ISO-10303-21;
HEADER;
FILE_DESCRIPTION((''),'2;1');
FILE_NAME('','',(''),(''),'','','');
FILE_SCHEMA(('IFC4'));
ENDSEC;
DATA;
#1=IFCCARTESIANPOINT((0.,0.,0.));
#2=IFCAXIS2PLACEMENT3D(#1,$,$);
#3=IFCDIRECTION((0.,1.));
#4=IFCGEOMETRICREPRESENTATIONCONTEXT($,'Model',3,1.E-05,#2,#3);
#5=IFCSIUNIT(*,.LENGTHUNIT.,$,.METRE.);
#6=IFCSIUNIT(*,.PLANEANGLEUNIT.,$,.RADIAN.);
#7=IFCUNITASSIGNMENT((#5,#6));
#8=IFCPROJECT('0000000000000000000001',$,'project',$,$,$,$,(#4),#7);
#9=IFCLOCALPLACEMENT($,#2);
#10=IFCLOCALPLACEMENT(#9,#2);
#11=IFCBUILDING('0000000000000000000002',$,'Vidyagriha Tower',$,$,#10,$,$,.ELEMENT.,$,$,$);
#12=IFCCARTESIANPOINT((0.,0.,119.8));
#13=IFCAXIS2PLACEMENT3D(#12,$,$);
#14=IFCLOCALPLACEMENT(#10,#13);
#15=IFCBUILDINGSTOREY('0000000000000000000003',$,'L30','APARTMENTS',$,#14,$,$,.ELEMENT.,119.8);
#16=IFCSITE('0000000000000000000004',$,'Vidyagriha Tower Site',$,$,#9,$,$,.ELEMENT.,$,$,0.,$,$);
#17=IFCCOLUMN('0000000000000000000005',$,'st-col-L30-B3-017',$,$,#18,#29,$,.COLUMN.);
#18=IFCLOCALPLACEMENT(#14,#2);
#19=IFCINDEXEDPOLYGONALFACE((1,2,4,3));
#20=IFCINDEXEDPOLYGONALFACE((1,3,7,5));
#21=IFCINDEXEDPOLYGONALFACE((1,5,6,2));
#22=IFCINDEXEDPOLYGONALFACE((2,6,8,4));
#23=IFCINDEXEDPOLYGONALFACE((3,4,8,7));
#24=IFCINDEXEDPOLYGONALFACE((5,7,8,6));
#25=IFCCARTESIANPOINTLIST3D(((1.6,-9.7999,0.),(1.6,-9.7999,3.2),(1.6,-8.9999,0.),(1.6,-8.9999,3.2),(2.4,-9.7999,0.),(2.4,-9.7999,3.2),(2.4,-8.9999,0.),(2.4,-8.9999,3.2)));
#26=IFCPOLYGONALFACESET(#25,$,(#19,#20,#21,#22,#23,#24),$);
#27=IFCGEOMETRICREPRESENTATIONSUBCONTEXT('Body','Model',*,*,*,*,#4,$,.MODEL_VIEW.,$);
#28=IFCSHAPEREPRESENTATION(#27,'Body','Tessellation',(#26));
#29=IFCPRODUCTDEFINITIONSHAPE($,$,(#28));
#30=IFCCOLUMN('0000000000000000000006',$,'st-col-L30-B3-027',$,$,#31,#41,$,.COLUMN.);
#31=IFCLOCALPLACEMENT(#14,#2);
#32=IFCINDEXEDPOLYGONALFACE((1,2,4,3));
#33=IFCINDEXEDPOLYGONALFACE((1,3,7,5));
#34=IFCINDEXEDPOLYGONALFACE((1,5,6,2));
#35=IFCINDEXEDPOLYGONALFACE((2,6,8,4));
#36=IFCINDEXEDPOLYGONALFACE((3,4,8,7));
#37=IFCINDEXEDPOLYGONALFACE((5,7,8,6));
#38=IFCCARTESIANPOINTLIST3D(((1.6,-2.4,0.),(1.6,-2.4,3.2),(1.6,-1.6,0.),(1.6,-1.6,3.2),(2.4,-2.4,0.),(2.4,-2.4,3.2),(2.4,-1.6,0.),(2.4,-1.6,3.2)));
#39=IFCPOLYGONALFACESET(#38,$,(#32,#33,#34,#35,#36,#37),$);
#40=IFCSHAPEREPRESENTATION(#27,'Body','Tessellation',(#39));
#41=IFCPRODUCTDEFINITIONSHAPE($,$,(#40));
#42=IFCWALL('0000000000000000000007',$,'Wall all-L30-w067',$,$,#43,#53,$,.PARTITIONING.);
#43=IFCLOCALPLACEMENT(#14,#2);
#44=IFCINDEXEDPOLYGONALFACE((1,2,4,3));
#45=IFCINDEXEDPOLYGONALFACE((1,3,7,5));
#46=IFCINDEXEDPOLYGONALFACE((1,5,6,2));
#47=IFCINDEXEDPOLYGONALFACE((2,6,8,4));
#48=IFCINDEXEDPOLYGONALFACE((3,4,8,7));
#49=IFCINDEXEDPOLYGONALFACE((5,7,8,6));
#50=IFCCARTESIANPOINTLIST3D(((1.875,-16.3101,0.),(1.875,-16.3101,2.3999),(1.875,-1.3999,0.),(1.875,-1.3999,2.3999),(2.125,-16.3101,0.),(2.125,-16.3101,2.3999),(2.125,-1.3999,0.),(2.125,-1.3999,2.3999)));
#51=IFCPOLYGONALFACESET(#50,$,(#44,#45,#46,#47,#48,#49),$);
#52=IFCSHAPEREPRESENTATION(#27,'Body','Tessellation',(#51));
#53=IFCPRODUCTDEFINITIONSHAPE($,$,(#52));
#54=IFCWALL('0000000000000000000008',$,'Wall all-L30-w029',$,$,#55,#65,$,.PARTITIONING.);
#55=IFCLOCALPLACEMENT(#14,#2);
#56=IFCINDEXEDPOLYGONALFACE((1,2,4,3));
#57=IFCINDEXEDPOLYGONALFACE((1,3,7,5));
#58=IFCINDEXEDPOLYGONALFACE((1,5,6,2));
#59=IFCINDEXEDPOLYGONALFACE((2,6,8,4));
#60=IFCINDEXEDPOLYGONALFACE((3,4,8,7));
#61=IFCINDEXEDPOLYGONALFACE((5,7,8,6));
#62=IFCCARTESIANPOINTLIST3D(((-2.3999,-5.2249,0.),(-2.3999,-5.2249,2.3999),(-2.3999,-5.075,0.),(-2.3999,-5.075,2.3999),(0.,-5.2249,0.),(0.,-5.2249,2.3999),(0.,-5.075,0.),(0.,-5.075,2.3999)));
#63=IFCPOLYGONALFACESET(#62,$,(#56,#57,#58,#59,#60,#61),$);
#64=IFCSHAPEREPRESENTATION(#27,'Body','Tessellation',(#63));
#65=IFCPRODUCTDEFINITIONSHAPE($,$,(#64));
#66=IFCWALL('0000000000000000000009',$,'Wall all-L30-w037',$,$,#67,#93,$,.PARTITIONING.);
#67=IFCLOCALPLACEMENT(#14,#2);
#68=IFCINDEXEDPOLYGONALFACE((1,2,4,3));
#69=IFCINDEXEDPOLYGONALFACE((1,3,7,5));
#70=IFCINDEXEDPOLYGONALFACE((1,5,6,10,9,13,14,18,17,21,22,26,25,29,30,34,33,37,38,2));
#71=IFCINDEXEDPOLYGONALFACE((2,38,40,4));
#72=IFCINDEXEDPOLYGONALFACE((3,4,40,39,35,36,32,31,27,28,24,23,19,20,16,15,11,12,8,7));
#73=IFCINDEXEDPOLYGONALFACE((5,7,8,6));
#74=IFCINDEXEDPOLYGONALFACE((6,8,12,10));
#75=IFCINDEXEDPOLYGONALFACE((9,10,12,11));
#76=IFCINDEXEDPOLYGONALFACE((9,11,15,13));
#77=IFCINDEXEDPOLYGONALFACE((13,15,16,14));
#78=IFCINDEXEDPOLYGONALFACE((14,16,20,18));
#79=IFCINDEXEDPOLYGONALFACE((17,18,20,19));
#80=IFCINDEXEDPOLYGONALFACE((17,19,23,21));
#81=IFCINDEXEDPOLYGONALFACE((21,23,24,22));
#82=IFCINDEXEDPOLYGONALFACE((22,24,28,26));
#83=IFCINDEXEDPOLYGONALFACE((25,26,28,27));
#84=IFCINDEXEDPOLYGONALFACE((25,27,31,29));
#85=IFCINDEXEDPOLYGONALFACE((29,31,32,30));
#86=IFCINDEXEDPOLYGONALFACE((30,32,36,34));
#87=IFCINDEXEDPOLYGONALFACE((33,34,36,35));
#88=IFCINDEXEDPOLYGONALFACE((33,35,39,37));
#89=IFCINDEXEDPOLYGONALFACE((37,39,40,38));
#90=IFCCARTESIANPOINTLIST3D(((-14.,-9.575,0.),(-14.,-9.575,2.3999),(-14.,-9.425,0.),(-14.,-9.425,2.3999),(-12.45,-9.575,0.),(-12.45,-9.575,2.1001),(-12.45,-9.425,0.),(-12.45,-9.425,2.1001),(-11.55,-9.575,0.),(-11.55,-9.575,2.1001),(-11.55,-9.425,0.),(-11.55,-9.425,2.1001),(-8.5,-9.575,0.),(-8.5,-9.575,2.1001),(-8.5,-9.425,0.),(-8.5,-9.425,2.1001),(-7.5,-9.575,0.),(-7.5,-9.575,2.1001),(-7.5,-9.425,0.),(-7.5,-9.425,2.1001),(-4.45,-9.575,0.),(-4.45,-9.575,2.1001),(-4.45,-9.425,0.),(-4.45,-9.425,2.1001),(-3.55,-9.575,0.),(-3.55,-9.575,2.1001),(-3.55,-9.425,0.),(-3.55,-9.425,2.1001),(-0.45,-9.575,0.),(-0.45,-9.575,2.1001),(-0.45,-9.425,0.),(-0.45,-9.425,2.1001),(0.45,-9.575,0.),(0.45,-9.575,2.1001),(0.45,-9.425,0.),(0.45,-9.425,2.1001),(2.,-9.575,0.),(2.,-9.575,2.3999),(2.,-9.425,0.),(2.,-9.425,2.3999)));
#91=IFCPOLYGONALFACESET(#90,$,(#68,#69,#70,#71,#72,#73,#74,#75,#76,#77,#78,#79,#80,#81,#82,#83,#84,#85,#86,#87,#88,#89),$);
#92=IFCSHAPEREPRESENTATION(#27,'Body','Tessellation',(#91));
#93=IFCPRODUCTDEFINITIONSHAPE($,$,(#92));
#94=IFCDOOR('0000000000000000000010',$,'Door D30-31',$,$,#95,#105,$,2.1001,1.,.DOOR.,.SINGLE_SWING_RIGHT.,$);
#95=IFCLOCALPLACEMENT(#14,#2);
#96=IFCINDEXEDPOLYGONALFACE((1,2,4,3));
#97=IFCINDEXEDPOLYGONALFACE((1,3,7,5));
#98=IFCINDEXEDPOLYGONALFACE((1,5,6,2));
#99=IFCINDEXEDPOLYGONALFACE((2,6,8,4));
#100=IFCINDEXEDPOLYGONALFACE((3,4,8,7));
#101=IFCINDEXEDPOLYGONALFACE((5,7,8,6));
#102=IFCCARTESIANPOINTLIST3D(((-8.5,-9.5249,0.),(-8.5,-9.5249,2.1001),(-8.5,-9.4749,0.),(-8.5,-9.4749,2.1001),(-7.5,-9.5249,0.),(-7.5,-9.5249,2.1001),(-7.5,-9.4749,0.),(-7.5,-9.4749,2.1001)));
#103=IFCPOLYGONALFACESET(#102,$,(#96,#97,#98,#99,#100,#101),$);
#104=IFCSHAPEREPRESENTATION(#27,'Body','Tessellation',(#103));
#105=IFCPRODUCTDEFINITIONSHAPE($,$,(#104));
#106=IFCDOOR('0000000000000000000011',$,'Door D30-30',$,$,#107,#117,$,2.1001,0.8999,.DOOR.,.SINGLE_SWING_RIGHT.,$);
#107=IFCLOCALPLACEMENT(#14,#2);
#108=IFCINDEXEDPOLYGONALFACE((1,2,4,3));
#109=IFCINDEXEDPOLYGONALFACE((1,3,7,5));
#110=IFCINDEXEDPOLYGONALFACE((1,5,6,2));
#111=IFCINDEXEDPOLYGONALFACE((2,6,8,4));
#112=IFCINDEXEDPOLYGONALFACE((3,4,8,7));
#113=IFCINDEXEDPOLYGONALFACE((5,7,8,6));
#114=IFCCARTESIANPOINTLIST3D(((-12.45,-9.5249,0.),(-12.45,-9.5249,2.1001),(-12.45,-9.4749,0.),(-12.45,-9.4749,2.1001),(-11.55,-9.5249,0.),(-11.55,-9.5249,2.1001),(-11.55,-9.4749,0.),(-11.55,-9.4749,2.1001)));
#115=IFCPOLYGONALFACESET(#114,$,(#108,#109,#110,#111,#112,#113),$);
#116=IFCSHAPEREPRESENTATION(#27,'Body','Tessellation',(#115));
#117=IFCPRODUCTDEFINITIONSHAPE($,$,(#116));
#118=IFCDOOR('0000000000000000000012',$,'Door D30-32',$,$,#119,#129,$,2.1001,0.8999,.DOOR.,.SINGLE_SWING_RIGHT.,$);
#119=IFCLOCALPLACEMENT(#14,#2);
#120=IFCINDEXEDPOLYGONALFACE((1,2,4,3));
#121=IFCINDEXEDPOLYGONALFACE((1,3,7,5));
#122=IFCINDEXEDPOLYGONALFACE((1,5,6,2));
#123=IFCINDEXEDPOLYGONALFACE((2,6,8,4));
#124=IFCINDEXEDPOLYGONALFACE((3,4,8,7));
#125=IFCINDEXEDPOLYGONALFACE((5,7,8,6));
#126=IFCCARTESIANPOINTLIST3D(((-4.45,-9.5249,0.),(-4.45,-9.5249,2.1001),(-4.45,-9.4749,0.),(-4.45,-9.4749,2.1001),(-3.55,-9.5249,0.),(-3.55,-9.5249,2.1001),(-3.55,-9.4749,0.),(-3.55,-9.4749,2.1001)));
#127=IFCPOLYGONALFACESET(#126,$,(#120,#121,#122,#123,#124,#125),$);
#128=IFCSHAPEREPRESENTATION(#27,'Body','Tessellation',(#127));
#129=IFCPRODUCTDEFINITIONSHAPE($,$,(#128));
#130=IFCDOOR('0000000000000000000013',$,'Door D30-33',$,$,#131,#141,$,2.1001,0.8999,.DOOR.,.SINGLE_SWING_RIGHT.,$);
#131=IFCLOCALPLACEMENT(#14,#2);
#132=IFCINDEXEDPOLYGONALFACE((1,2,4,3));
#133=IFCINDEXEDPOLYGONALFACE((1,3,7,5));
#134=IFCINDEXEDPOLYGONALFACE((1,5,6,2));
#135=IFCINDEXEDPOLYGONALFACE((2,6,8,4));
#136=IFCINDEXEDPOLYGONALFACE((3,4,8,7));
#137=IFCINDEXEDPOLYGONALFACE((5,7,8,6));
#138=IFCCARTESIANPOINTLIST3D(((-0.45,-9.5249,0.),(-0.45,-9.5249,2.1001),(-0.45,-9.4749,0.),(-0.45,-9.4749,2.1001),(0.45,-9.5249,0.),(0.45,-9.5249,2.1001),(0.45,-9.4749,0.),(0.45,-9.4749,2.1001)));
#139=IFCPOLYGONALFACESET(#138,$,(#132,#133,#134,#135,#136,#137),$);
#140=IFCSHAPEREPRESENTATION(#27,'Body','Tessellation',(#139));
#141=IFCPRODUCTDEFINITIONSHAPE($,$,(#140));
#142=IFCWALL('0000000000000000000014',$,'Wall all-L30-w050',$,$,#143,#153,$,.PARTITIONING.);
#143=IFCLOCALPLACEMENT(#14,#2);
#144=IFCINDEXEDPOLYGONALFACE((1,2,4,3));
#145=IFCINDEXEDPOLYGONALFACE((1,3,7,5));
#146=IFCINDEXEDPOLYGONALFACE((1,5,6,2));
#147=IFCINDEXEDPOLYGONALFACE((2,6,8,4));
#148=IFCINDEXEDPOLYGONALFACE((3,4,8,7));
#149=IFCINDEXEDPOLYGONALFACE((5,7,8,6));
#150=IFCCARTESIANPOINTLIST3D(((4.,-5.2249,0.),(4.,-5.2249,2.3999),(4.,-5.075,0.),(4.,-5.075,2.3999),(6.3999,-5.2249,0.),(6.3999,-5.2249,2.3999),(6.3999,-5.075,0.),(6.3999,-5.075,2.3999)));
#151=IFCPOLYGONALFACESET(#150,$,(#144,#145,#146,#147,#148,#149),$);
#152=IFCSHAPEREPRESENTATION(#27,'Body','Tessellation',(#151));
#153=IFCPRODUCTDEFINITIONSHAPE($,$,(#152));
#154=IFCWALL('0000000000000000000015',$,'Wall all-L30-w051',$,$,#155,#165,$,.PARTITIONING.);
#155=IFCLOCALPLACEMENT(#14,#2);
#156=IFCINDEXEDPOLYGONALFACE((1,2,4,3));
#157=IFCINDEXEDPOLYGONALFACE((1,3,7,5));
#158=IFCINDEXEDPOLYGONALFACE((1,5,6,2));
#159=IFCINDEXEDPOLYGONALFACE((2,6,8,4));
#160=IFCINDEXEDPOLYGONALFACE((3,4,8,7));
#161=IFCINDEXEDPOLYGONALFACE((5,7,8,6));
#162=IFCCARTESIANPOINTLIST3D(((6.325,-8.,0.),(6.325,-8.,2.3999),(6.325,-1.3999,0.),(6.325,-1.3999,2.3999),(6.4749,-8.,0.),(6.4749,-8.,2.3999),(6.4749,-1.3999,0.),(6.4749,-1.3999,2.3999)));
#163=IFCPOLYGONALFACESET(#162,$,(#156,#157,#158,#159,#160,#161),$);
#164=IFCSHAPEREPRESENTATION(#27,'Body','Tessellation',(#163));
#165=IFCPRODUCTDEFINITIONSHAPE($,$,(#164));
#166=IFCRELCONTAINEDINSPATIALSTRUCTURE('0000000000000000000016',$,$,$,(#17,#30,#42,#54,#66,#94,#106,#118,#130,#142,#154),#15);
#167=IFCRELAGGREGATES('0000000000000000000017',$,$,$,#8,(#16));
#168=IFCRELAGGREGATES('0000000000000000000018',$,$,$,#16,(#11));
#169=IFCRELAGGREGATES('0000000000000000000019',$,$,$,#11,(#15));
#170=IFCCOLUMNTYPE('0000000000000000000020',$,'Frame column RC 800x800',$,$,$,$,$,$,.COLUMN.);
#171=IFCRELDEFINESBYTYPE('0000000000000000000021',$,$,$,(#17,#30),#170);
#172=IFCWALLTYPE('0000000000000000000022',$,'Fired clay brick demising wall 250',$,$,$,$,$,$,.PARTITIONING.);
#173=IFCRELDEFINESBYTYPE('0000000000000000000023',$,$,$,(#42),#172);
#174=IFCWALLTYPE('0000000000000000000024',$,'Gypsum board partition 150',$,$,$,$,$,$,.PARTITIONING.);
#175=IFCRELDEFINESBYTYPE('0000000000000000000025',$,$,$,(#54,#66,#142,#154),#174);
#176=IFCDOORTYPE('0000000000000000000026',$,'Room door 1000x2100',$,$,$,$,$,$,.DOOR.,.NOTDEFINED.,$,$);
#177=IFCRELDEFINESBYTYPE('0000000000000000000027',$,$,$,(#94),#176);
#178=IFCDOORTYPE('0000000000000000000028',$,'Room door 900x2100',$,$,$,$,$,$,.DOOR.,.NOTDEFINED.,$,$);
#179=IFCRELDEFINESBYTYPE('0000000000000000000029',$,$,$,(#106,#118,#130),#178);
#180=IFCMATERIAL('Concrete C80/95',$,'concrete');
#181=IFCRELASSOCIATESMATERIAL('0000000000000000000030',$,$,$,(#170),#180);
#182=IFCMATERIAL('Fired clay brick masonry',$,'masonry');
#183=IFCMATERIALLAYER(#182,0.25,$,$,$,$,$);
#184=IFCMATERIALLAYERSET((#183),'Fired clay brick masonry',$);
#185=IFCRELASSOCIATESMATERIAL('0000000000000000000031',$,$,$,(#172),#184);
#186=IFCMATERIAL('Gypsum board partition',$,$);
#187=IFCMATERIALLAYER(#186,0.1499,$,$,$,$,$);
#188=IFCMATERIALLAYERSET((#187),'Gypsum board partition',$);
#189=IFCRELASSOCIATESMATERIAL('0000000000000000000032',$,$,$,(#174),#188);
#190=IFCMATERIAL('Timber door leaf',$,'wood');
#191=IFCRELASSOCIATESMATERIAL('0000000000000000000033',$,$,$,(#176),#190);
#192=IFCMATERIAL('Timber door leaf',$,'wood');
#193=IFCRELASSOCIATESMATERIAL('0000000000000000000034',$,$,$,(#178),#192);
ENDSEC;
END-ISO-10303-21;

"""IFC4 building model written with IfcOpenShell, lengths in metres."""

from ifc_helpers import new_model, si_unit, direction, frame, frame_2d, origin, origin_2d, place, context, subcontext, project, spatial, rectangle, extrude, material, layer, layer_set, material_profile, profile_set, type_object, element, fill, save


model = new_model("IFC4")

# Units and contexts
model_context = context("Model", 3, precision=1e-05, world=origin(), true_north=direction((0.0, 1.0)))
body_context = subcontext(model_context, "Body", "Model", "MODEL_VIEW")
ifc_project = project(units=[si_unit("LENGTHUNIT", "METRE"), si_unit("PLANEANGLEUNIT", "RADIAN")], contexts=[model_context])

# Site, building, storey
site_placement = place(None, origin())
site = spatial("IfcSite", under=ifc_project, at=site_placement, Name="Vidyagriha Tower Site", CompositionType="ELEMENT", RefElevation=0.0)
building_placement = place(site_placement, origin())
building = spatial("IfcBuilding", under=site, at=building_placement, Name="Vidyagriha Tower", CompositionType="ELEMENT")
storey_placement = place(building_placement, frame((0.0, 0.0, 119.8)))
storey = spatial("IfcBuildingStorey", under=building, at=storey_placement, Name="L30", Description="APARTMENTS", CompositionType="ELEMENT", Elevation=119.8)

# Columns
ifc_material_1 = material(Name="Concrete C80/95", Category="concrete")
ifc_material_profile = material_profile(ifc_material_1, rectangle(XDim=0.8, YDim=0.8, at=origin_2d()), Name="RC 800x800")
ifc_profile_set = profile_set([ifc_material_profile], Name="Concrete C80/95")
column_type = type_object("IfcColumnType", Name="Frame column RC 800x800", PredefinedType="COLUMN", material=ifc_profile_set)
for number, where, name in (
    (1, (2.0, -9.3999, 0.0), "st-col-L30-B3-017"),
    (2, (2.0, -2.0, 0.0), "st-col-L30-B3-027"),
):
    element("IfcColumn", number, at=place(storey_placement, frame(where)), inside=storey, type_object=column_type, Name=name, PredefinedType="COLUMN", context=body_context, shape_type="SweptSolid", body=[
        extrude(rectangle(XDim=0.8, YDim=0.8, at=origin_2d()), origin(), (0.0, 0.0, 1.0), 3.2),
    ])

# Walls
ifc_material_2 = material(Name="Fired clay brick masonry", Category="masonry")
ifc_layer_1 = layer(ifc_material_2, 0.25)
ifc_layer_set_1 = layer_set([ifc_layer_1], Name="Fired clay brick masonry")
wall_type_1 = type_object("IfcWallType", Name="Fired clay brick demising wall 250", PredefinedType="PARTITIONING", material=ifc_layer_set_1)
wall_1_placement = place(storey_placement, frame((2.0, -1.3999, 0.0), z_axis=(0.0, 0.0, 1.0), x_axis=(0.0, -1.0, 0.0)))
element("IfcWall", 3, at=wall_1_placement, inside=storey, type_object=wall_type_1, Name="Wall all-L30-w067", PredefinedType="PARTITIONING", context=body_context, shape_type="SweptSolid", body=[
    extrude(rectangle(XDim=14.9102, YDim=0.25, at=frame_2d((7.4551, 0.0))), origin(), (0.0, 0.0, 1.0), 2.3999),
])
ifc_material_3 = material(Name="Gypsum board partition")
ifc_layer_2 = layer(ifc_material_3, 0.1499)
ifc_layer_set_2 = layer_set([ifc_layer_2], Name="Gypsum board partition")
wall_type_2 = type_object("IfcWallType", Name="Gypsum board partition 150", PredefinedType="PARTITIONING", material=ifc_layer_set_2)
wall_2_placement = place(storey_placement, frame((0.0, -5.1499, 0.0), z_axis=(0.0, 0.0, 1.0), x_axis=(-1.0, 0.0, 0.0)))
element("IfcWall", 4, at=wall_2_placement, inside=storey, type_object=wall_type_2, Name="Wall all-L30-w029", PredefinedType="PARTITIONING", context=body_context, shape_type="SweptSolid", body=[
    extrude(rectangle(XDim=2.3999, YDim=0.1499, at=frame_2d((1.2, 0.0))), origin(), (0.0, 0.0, 1.0), 2.3999),
])

# Wall, openings, doors
wall_3_placement = place(storey_placement, frame((2.0, -9.5, 0.0), z_axis=(0.0, 0.0, 1.0), x_axis=(-1.0, 0.0, 0.0)))
wall_3 = element("IfcWall", 5, at=wall_3_placement, inside=storey, type_object=wall_type_2, Name="Wall all-L30-w037", PredefinedType="PARTITIONING", context=body_context, shape_type="SweptSolid", body=[
    extrude(rectangle(XDim=16.0, YDim=0.1499, at=frame_2d((8.0, 0.0))), origin(), (0.0, 0.0, 1.0), 2.3999),
])
opening_1_placement = place(wall_3_placement, frame((13.55, 0.0, 0.0)))
opening_1 = element("IfcOpeningElement", 6, at=opening_1_placement, cuts=wall_3, PredefinedType="OPENING", context=body_context, shape_type="SweptSolid", body=[
    extrude(rectangle(XDim=0.8999, YDim=2.1001, at=frame_2d((0.45, 1.05))), frame((0.0, 0.085, 0.0), z_axis=(0.0, -1.0, 0.0), x_axis=(1.0, 0.0, 0.0)), (0.0, 0.0, 1.0), 0.1699),
])
opening_2_placement = place(wall_3_placement, frame((9.5, 0.0, 0.0)))
opening_2 = element("IfcOpeningElement", 7, at=opening_2_placement, cuts=wall_3, PredefinedType="OPENING", context=body_context, shape_type="SweptSolid", body=[
    extrude(rectangle(XDim=1.0, YDim=2.1001, at=frame_2d((0.5, 1.05))), frame((0.0, 0.085, 0.0), z_axis=(0.0, -1.0, 0.0), x_axis=(1.0, 0.0, 0.0)), (0.0, 0.0, 1.0), 0.1699),
])
opening_3_placement = place(wall_3_placement, frame((5.55, 0.0, 0.0)))
opening_3 = element("IfcOpeningElement", 8, at=opening_3_placement, cuts=wall_3, PredefinedType="OPENING", context=body_context, shape_type="SweptSolid", body=[
    extrude(rectangle(XDim=0.8999, YDim=2.1001, at=frame_2d((0.45, 1.05))), frame((0.0, 0.085, 0.0), z_axis=(0.0, -1.0, 0.0), x_axis=(1.0, 0.0, 0.0)), (0.0, 0.0, 1.0), 0.1699),
])
opening_4_placement = place(wall_3_placement, frame((1.55, 0.0, 0.0)))
opening_4 = element("IfcOpeningElement", 9, at=opening_4_placement, cuts=wall_3, PredefinedType="OPENING", context=body_context, shape_type="SweptSolid", body=[
    extrude(rectangle(XDim=0.8999, YDim=2.1001, at=frame_2d((0.45, 1.05))), frame((0.0, 0.085, 0.0), z_axis=(0.0, -1.0, 0.0), x_axis=(1.0, 0.0, 0.0)), (0.0, 0.0, 1.0), 0.1699),
])
ifc_material_4 = material(Name="Timber door leaf", Category="wood")
door_type_1 = type_object("IfcDoorType", Name="Room door 1000x2100", OperationType="NOTDEFINED", PredefinedType="DOOR", material=ifc_material_4)
door_1_placement = place(opening_2_placement, origin())
door_1 = element("IfcDoor", 10, at=door_1_placement, inside=storey, type_object=door_type_1, Name="Door D30-31", OperationType="SINGLE_SWING_RIGHT", OverallHeight=2.1001, OverallWidth=1.0, PredefinedType="DOOR", context=body_context, shape_type="SweptSolid", body=[
    extrude(rectangle(XDim=1.0, YDim=2.1001, at=frame_2d((0.5, 1.05))), frame((0.0, 0.0249, 0.0), z_axis=(0.0, -1.0, 0.0), x_axis=(1.0, 0.0, 0.0)), (0.0, 0.0, 1.0), 0.05),
])
fill(opening_2, door_1)
ifc_material_5 = material(Name="Timber door leaf", Category="wood")
door_type_2 = type_object("IfcDoorType", Name="Room door 900x2100", OperationType="NOTDEFINED", PredefinedType="DOOR", material=ifc_material_5)
door_2_placement = place(opening_1_placement, origin())
door_2 = element("IfcDoor", 11, at=door_2_placement, inside=storey, type_object=door_type_2, Name="Door D30-30", OperationType="SINGLE_SWING_RIGHT", OverallHeight=2.1001, OverallWidth=0.8999, PredefinedType="DOOR", context=body_context, shape_type="SweptSolid", body=[
    extrude(rectangle(XDim=0.8999, YDim=2.1001, at=frame_2d((0.45, 1.05))), frame((0.0, 0.0249, 0.0), z_axis=(0.0, -1.0, 0.0), x_axis=(1.0, 0.0, 0.0)), (0.0, 0.0, 1.0), 0.05),
])
fill(opening_1, door_2)
door_3_placement = place(opening_3_placement, origin())
door_3 = element("IfcDoor", 12, at=door_3_placement, inside=storey, type_object=door_type_2, Name="Door D30-32", OperationType="SINGLE_SWING_RIGHT", OverallHeight=2.1001, OverallWidth=0.8999, PredefinedType="DOOR", context=body_context, shape_type="SweptSolid", body=[
    extrude(rectangle(XDim=0.8999, YDim=2.1001, at=frame_2d((0.45, 1.05))), frame((0.0, 0.0249, 0.0), z_axis=(0.0, -1.0, 0.0), x_axis=(1.0, 0.0, 0.0)), (0.0, 0.0, 1.0), 0.05),
])
fill(opening_3, door_3)
door_4_placement = place(opening_4_placement, origin())
door_4 = element("IfcDoor", 13, at=door_4_placement, inside=storey, type_object=door_type_2, Name="Door D30-33", OperationType="SINGLE_SWING_RIGHT", OverallHeight=2.1001, OverallWidth=0.8999, PredefinedType="DOOR", context=body_context, shape_type="SweptSolid", body=[
    extrude(rectangle(XDim=0.8999, YDim=2.1001, at=frame_2d((0.45, 1.05))), frame((0.0, 0.0249, 0.0), z_axis=(0.0, -1.0, 0.0), x_axis=(1.0, 0.0, 0.0)), (0.0, 0.0, 1.0), 0.05),
])
fill(opening_4, door_4)

# Walls
wall_4_placement = place(storey_placement, frame((6.3999, -5.1499, 0.0), z_axis=(0.0, 0.0, 1.0), x_axis=(-1.0, 0.0, 0.0)))
element("IfcWall", 14, at=wall_4_placement, inside=storey, type_object=wall_type_2, Name="Wall all-L30-w050", PredefinedType="PARTITIONING", context=body_context, shape_type="SweptSolid", body=[
    extrude(rectangle(XDim=2.3999, YDim=0.1499, at=frame_2d((1.2, 0.0))), origin(), (0.0, 0.0, 1.0), 2.3999),
])
wall_5_placement = place(storey_placement, frame((6.3999, -1.3999, 0.0), z_axis=(0.0, 0.0, 1.0), x_axis=(0.0, -1.0, 0.0)))
element("IfcWall", 15, at=wall_5_placement, inside=storey, type_object=wall_type_2, Name="Wall all-L30-w051", PredefinedType="PARTITIONING", context=body_context, shape_type="SweptSolid", body=[
    extrude(rectangle(XDim=6.6001, YDim=0.1499, at=frame_2d((3.3, 0.0))), origin(), (0.0, 0.0, 1.0), 2.3999),
])

save(model, "model.ifc")
